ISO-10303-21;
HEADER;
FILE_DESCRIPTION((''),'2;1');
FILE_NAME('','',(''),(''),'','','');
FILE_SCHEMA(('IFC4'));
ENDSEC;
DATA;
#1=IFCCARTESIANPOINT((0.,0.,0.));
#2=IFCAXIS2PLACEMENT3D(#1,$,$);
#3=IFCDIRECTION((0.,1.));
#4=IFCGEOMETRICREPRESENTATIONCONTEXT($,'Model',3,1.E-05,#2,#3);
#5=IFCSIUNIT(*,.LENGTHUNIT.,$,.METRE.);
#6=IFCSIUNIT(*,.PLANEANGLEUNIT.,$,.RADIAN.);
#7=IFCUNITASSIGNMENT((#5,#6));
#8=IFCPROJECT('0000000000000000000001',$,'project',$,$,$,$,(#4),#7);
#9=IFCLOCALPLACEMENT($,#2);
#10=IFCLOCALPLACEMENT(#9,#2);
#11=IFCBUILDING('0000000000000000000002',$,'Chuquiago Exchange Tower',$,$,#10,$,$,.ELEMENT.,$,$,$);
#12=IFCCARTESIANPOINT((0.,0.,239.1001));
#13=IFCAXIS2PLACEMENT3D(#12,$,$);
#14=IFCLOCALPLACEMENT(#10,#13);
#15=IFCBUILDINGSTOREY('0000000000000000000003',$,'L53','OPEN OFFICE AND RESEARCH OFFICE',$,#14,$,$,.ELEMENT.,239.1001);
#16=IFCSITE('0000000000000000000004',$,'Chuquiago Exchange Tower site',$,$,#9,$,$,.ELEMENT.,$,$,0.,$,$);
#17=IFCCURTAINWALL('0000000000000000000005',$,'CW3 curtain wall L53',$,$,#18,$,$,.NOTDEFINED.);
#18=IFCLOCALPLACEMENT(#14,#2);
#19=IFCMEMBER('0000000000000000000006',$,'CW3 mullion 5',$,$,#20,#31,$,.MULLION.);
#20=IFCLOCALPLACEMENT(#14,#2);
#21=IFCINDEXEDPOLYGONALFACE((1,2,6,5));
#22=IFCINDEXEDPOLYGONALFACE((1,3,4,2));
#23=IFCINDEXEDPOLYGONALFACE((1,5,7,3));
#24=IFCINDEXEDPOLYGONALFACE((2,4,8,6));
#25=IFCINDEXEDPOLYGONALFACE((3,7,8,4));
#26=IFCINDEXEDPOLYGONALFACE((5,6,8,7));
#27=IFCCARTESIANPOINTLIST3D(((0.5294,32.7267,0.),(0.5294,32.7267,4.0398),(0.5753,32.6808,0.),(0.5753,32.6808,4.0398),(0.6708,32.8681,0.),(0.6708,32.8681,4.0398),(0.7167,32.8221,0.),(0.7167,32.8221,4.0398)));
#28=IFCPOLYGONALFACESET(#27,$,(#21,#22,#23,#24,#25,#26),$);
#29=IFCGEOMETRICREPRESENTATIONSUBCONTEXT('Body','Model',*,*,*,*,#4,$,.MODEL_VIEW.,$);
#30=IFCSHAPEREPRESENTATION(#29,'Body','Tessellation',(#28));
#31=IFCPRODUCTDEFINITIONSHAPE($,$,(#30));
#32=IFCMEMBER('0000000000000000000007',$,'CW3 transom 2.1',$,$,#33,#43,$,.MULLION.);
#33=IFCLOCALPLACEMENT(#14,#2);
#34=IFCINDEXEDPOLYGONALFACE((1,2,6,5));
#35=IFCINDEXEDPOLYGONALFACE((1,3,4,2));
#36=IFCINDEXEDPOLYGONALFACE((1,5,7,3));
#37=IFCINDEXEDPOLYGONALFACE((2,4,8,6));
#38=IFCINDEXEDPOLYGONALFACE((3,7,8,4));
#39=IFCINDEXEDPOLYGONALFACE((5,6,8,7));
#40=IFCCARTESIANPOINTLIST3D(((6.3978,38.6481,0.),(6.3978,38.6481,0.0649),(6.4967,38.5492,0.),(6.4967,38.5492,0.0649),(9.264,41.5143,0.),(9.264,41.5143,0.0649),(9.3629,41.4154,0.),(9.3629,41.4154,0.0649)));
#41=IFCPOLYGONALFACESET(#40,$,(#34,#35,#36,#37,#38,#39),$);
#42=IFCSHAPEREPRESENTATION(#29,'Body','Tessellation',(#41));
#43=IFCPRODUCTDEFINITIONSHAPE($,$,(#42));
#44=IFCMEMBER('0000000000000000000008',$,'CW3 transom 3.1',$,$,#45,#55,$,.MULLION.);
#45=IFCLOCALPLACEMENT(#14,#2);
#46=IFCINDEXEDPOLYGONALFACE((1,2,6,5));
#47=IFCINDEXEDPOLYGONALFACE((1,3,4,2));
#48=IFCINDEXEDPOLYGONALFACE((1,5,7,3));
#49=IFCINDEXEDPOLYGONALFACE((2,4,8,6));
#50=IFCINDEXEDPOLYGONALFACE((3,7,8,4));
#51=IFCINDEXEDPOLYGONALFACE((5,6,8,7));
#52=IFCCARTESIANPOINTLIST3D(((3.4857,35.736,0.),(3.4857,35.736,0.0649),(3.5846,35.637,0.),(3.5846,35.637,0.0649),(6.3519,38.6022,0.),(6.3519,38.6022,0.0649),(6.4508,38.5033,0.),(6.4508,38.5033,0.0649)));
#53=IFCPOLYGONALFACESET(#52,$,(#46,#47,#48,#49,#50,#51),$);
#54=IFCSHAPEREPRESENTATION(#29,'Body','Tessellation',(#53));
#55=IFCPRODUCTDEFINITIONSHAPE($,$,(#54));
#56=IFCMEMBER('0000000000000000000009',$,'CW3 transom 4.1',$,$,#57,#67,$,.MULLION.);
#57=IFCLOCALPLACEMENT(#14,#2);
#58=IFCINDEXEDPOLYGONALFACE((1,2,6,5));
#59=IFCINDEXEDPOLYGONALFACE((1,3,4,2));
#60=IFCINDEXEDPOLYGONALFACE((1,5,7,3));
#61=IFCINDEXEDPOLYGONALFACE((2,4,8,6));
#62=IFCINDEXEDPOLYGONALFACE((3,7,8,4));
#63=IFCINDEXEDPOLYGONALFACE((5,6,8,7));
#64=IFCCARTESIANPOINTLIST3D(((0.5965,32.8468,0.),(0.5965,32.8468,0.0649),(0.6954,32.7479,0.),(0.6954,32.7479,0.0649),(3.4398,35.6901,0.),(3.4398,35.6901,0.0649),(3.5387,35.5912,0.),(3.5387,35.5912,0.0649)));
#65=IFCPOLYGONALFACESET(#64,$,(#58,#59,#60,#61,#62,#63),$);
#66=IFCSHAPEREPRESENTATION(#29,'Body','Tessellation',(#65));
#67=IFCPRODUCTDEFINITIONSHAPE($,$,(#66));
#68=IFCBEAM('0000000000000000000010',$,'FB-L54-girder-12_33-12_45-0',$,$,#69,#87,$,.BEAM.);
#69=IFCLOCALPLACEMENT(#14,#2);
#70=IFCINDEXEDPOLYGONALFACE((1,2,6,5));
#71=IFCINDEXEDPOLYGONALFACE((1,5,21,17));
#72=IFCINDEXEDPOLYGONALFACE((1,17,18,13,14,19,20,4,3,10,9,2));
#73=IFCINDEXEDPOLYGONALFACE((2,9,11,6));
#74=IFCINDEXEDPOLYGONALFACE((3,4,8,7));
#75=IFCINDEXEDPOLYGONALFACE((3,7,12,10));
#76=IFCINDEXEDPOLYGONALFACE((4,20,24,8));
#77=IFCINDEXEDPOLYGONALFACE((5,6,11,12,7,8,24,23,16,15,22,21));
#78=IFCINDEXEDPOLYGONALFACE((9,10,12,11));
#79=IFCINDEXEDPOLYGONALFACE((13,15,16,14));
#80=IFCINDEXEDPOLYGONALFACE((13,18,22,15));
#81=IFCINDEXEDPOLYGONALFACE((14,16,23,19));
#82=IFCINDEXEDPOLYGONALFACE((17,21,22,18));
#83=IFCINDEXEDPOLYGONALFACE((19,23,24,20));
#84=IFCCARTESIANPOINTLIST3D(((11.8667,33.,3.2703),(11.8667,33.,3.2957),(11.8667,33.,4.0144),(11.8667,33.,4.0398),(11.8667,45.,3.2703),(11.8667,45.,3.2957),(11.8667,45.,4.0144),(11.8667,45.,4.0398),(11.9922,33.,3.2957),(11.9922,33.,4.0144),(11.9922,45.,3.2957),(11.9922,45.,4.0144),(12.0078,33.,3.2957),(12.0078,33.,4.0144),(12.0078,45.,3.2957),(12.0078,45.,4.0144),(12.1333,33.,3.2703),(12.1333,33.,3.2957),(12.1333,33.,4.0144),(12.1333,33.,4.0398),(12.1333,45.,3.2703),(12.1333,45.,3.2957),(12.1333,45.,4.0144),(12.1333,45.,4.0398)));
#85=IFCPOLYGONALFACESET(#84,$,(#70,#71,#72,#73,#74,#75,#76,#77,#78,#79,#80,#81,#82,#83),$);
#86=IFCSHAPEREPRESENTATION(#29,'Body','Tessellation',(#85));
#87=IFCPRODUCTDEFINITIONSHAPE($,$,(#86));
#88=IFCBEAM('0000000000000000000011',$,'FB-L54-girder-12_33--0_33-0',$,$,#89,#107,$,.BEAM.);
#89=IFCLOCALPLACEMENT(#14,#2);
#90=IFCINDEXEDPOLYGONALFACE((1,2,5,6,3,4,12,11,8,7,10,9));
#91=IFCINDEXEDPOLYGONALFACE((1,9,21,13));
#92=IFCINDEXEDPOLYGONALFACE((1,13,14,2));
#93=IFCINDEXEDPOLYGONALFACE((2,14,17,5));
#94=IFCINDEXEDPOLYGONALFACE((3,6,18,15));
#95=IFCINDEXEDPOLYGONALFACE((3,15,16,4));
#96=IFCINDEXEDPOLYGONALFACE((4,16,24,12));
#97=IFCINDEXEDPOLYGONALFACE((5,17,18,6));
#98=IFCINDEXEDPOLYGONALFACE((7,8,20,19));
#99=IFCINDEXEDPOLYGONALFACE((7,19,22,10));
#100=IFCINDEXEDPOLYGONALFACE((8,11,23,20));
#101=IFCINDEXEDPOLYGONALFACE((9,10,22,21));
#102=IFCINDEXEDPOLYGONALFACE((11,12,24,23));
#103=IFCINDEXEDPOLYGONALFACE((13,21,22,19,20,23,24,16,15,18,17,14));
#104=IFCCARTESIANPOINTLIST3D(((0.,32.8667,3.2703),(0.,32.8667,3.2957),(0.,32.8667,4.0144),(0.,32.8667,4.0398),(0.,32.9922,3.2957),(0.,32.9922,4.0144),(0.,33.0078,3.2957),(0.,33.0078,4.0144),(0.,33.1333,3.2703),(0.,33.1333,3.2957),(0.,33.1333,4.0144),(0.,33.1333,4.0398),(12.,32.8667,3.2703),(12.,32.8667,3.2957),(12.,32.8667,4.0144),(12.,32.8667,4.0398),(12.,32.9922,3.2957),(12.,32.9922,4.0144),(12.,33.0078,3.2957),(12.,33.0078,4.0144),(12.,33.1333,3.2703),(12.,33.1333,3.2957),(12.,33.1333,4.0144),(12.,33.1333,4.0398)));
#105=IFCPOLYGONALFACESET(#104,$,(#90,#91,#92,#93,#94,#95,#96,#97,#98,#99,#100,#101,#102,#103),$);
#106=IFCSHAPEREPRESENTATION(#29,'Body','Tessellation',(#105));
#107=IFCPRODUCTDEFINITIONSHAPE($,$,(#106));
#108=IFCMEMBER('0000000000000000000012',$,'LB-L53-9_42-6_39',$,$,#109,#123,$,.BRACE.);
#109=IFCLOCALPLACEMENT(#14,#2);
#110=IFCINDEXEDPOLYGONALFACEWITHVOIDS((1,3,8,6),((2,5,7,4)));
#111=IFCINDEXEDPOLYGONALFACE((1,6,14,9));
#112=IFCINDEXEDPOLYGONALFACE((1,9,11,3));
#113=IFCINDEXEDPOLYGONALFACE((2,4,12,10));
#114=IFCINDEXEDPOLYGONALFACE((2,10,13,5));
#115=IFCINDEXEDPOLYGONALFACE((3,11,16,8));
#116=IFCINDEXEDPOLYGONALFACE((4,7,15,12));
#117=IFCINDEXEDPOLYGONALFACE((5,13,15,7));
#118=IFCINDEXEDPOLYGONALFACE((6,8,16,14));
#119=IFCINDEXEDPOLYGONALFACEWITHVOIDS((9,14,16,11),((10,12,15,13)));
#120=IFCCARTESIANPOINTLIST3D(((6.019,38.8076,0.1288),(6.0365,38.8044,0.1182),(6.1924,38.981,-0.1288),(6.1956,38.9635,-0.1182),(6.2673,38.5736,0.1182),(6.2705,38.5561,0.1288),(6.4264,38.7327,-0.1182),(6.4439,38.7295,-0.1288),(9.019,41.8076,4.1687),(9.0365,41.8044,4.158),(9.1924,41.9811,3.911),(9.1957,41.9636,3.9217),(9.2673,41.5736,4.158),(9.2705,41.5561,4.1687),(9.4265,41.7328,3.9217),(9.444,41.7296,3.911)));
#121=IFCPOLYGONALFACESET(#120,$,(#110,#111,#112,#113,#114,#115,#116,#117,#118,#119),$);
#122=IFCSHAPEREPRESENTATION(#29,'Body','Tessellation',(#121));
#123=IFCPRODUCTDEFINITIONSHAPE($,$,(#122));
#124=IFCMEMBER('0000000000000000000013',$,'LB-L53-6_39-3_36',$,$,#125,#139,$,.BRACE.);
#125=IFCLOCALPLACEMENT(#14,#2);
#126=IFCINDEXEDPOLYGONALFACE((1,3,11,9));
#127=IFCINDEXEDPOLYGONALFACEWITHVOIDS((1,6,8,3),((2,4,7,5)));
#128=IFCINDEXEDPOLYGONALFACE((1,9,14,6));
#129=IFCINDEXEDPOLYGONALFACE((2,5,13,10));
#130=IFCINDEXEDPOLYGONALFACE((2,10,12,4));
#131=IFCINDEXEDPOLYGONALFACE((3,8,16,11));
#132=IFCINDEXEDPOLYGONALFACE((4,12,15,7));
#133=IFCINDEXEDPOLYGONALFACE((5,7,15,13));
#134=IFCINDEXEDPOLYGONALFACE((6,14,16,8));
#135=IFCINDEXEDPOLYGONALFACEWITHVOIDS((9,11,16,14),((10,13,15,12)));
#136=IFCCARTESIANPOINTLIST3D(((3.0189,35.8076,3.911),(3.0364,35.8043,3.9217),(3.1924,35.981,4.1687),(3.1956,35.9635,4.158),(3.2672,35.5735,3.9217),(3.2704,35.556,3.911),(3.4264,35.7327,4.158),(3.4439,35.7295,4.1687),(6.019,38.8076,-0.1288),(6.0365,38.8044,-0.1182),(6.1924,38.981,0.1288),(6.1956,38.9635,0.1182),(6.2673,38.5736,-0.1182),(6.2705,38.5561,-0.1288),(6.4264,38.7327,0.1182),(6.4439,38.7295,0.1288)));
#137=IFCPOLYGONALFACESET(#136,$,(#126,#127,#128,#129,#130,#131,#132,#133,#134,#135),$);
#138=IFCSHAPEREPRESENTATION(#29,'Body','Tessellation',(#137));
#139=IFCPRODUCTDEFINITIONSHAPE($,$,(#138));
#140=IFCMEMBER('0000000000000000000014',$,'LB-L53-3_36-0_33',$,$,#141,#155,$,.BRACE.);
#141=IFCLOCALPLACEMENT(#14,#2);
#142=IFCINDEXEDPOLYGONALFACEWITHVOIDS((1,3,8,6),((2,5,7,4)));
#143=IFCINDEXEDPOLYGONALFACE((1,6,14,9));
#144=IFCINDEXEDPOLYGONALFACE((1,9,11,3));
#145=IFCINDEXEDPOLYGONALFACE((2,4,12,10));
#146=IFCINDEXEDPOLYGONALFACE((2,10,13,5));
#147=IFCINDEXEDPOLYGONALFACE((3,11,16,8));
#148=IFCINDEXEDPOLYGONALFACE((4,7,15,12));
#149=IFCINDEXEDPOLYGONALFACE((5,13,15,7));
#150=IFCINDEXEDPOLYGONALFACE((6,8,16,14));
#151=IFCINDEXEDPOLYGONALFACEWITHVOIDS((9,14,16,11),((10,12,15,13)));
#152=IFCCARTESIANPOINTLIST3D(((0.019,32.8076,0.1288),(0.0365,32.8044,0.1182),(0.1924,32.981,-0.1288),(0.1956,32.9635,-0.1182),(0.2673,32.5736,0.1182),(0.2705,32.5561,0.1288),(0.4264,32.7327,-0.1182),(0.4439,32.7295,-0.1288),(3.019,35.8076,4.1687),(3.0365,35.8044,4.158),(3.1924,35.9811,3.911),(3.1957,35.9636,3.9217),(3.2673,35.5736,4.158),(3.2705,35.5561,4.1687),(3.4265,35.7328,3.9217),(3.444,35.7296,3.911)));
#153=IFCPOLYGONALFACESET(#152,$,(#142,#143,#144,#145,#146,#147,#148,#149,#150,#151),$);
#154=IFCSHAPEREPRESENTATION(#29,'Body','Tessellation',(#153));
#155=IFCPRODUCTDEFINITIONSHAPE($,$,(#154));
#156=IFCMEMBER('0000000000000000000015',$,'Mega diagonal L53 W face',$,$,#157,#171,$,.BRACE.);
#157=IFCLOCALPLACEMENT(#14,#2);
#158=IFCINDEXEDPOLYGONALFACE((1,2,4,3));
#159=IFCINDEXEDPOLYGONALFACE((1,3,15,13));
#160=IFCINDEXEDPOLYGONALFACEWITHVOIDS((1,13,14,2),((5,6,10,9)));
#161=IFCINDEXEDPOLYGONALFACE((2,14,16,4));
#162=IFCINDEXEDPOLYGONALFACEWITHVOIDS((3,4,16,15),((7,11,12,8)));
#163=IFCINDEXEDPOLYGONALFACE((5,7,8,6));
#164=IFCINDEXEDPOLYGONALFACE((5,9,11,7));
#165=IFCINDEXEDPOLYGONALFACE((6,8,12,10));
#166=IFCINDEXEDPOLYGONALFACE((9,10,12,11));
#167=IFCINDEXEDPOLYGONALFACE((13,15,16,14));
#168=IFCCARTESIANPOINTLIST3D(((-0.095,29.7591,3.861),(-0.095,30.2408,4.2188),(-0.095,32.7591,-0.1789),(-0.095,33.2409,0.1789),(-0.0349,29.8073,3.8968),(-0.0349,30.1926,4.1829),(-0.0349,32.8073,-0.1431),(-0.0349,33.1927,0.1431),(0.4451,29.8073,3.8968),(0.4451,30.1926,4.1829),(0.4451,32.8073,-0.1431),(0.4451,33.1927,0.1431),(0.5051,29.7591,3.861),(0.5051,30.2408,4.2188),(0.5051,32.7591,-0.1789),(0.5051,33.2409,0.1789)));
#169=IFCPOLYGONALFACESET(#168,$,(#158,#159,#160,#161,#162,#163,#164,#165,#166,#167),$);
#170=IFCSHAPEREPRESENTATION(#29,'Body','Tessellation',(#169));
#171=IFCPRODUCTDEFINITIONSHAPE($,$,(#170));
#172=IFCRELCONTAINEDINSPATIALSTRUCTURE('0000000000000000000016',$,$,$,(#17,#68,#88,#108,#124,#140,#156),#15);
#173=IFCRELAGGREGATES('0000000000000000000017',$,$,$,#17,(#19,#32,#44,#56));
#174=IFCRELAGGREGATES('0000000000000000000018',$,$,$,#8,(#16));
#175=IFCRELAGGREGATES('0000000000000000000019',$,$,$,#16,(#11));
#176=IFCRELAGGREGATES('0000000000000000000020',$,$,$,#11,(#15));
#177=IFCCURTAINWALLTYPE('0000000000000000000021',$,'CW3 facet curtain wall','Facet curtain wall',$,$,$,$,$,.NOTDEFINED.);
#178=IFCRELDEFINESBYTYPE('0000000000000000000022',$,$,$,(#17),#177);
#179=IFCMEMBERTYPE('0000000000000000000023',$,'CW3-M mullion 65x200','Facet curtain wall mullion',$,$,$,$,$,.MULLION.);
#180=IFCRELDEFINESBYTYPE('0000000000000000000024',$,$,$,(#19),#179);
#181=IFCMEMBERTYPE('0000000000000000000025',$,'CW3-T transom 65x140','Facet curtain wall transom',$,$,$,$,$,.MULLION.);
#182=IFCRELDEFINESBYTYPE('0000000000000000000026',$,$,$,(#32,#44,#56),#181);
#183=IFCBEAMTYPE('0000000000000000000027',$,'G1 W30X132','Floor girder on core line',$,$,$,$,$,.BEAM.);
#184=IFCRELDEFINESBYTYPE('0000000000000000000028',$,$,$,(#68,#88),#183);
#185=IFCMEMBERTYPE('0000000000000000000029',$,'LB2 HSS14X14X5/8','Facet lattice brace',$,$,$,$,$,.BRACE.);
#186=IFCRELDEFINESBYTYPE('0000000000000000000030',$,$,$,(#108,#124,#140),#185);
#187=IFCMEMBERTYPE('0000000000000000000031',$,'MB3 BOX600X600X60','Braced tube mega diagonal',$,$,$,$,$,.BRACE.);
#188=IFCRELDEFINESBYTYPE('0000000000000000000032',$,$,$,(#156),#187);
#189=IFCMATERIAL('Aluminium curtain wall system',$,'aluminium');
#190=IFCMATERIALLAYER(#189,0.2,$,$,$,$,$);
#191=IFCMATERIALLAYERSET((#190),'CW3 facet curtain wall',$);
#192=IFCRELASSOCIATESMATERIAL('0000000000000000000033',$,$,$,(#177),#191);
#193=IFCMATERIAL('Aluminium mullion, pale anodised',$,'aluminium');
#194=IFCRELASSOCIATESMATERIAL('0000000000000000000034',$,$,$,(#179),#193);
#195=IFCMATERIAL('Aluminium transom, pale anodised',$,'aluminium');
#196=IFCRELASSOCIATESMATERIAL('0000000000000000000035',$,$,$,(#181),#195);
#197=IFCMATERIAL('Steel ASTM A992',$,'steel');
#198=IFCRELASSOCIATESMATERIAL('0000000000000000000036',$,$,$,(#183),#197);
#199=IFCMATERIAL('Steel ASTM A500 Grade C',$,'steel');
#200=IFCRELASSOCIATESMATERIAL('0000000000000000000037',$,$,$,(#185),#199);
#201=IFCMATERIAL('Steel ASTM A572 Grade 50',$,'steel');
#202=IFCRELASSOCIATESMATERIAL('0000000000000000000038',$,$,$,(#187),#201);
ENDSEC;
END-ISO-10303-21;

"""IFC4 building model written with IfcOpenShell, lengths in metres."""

from ifc_helpers import new_model, si_unit, direction, frame, origin, origin_2d, place, context, subcontext, project, spatial, rectangle, hollow_rectangle, i_section, extrude, material, layer, layer_set, material_profile, profile_set, type_object, element, aggregate, save


model = new_model("IFC4")

# Units and contexts
model_context = context("Model", 3, precision=1e-05, world=origin(), true_north=direction((0.0, 1.0)))
body_context = subcontext(model_context, "Body", "Model", "MODEL_VIEW")
ifc_project = project(units=[si_unit("LENGTHUNIT", "METRE"), si_unit("PLANEANGLEUNIT", "RADIAN")], contexts=[model_context])

# Site, building, storey
site_placement = place(None, origin())
site = spatial("IfcSite", under=ifc_project, at=site_placement, Name="Chuquiago Exchange Tower site", CompositionType="ELEMENT", RefElevation=0.0)
building_placement = place(site_placement, origin())
building = spatial("IfcBuilding", under=site, at=building_placement, Name="Chuquiago Exchange Tower", CompositionType="ELEMENT")
storey_placement = place(building_placement, frame((0.0, 0.0, 239.1001)))
storey = spatial("IfcBuildingStorey", under=building, at=storey_placement, Name="L53", Description="OPEN OFFICE AND RESEARCH OFFICE", CompositionType="ELEMENT", Elevation=239.1001)

# Curtain wall, members
ifc_material_1 = material(Name="Aluminium curtain wall system", Category="aluminium")
ifc_layer_1 = layer(ifc_material_1, 0.2)
ifc_layer_set_1 = layer_set([ifc_layer_1], Name="CW3 facet curtain wall")
curtain_wall_type = type_object("IfcCurtainWallType", Name="CW3 facet curtain wall", Description="Facet curtain wall", PredefinedType="NOTDEFINED", material=ifc_layer_set_1)
curtain_wall_placement = place(storey_placement, origin())
curtain_wall = element("IfcCurtainWall", 1, at=curtain_wall_placement, inside=storey, type_object=curtain_wall_type, Name="CW3 curtain wall L53", PredefinedType="NOTDEFINED")
ifc_material_2 = material(Name="Aluminium mullion, pale anodised", Category="aluminium")
ifc_material_profile_1 = material_profile(ifc_material_2, rectangle(XDim=0.0649, YDim=0.2, at=origin_2d()), Name="AL 65x200")
ifc_profile_set_1 = profile_set([ifc_material_profile_1], Name="Aluminium mullion, pale anodised")
member_type_1 = type_object("IfcMemberType", Name="CW3-M mullion 65x200", Description="Facet curtain wall mullion", PredefinedType="MULLION", material=ifc_profile_set_1)
member_1_placement = place(storey_placement, frame((0.623, 32.7744, 0.0), z_axis=(0.0, 0.0, 1.0), x_axis=(0.707107, -0.707107, 0.0)))
member_1 = element("IfcMember", 2, at=member_1_placement, type_object=member_type_1, Name="CW3 mullion 5", PredefinedType="MULLION", context=body_context, shape_type="SweptSolid", body=[
    extrude(rectangle(XDim=0.0649, YDim=0.2, at=origin_2d()), origin(), (0.0, 0.0, 1.0), 4.0398),
])
ifc_material_3 = material(Name="Aluminium transom, pale anodised", Category="aluminium")
ifc_material_profile_2 = material_profile(ifc_material_3, rectangle(XDim=0.1399, YDim=0.0649, at=origin_2d()), Name="AL 140x65")
ifc_profile_set_2 = profile_set([ifc_material_profile_2], Name="Aluminium transom, pale anodised")
member_type_2 = type_object("IfcMemberType", Name="CW3-T transom 65x140", Description="Facet curtain wall transom", PredefinedType="MULLION", material=ifc_profile_set_2)
member_2_placement = place(storey_placement, frame((9.3135, 41.4648, 0.0325), z_axis=(-0.707107, -0.707107, 0.0), x_axis=(0.707107, -0.707107, 0.0)))
member_2 = element("IfcMember", 3, at=member_2_placement, type_object=member_type_2, Name="CW3 transom 2.1", PredefinedType="MULLION", context=body_context, shape_type="SweptSolid", body=[
    extrude(rectangle(XDim=0.1399, YDim=0.0649, at=origin_2d()), origin(), (0.0, 0.0, 1.0), 4.0535),
])
member_3_placement = place(storey_placement, frame((6.4014, 38.5527, 0.0325), z_axis=(-0.707107, -0.707107, 0.0), x_axis=(0.707107, -0.707107, 0.0)))
member_3 = element("IfcMember", 4, at=member_3_placement, type_object=member_type_2, Name="CW3 transom 3.1", PredefinedType="MULLION", context=body_context, shape_type="SweptSolid", body=[
    extrude(rectangle(XDim=0.1399, YDim=0.0649, at=origin_2d()), origin(), (0.0, 0.0, 1.0), 4.0535),
])
member_4_placement = place(storey_placement, frame((3.4893, 35.6406, 0.0325), z_axis=(-0.707107, -0.707107, 0.0), x_axis=(0.707107, -0.707107, 0.0)))
member_4 = element("IfcMember", 5, at=member_4_placement, type_object=member_type_2, Name="CW3 transom 4.1", PredefinedType="MULLION", context=body_context, shape_type="SweptSolid", body=[
    extrude(rectangle(XDim=0.1399, YDim=0.0649, at=origin_2d()), origin(), (0.0, 0.0, 1.0), 4.021),
])

# Beams
ifc_material_4 = material(Name="Steel ASTM A992", Category="steel")
ifc_material_profile_3 = material_profile(ifc_material_4, i_section(OverallWidth=0.2666, OverallDepth=0.7695, WebThickness=0.0156, FlangeThickness=0.0254, at=origin_2d()), Name="W30X132")
ifc_profile_set_3 = profile_set([ifc_material_profile_3], Name="Steel ASTM A992")
beam_type_1 = type_object("IfcBeamType", Name="G1 W30X132", Description="Floor girder on core line", PredefinedType="BEAM", material=ifc_profile_set_3)
for number, where, z_axis, x_axis, name in (
    (6, (12.0, 33.0, 3.655), (0.0, 1.0, 0.0), (-1.0, 0.0, 0.0), "FB-L54-girder-12_33-12_45-0"),
    (7, (12.0, 33.0, 3.655), (-1.0, 0.0, 0.0), (0.0, -1.0, 0.0), "FB-L54-girder-12_33--0_33-0"),
):
    element("IfcBeam", number, at=place(storey_placement, frame(where, z_axis=z_axis, x_axis=x_axis)), inside=storey, type_object=beam_type_1, Name=name, PredefinedType="BEAM", context=body_context, shape_type="SweptSolid", body=[
        extrude(i_section(OverallWidth=0.2666, OverallDepth=0.7695, WebThickness=0.0156, FlangeThickness=0.0254, at=origin_2d()), origin(), (0.0, 0.0, 1.0), 12.0),
    ])

# Members
ifc_material_5 = material(Name="Steel ASTM A500 Grade C", Category="steel")
ifc_material_profile_4 = material_profile(ifc_material_5, hollow_rectangle(XDim=0.3557, YDim=0.3557, WallThickness=0.0146, at=origin_2d()), Name="HSS14X14X5/8")
ifc_profile_set_4 = profile_set([ifc_material_profile_4], Name="Steel ASTM A500 Grade C")
member_type_3 = type_object("IfcMemberType", Name="LB2 HSS14X14X5/8", Description="Facet lattice brace", PredefinedType="BRACE", material=ifc_profile_set_4)
for number, where, z_axis, x_axis, name in (
    (8, (6.2314, 38.7686, 0.0), (0.512092, 0.512092, 0.689582), (-0.707107, 0.707107, 0.0), "LB-L53-9_42-6_39"),
    (9, (6.2314, 38.7686, 0.0), (-0.512092, -0.512092, 0.689582), (0.707107, -0.707107, 0.0), "LB-L53-6_39-3_36"),
    (10, (0.2314, 32.7686, 0.0), (0.512092, 0.512092, 0.689582), (-0.707107, 0.707107, 0.0), "LB-L53-3_36-0_33"),
):
    element("IfcMember", number, at=place(storey_placement, frame(where, z_axis=z_axis, x_axis=x_axis)), inside=storey, type_object=member_type_3, Name=name, PredefinedType="BRACE", context=body_context, shape_type="SweptSolid", body=[
        extrude(hollow_rectangle(XDim=0.3557, YDim=0.3557, WallThickness=0.0146, at=origin_2d()), origin(), (0.0, 0.0, 1.0), 5.8584),
    ])
ifc_material_6 = material(Name="Steel ASTM A572 Grade 50", Category="steel")
ifc_material_profile_5 = material_profile(ifc_material_6, hollow_rectangle(XDim=0.6001, YDim=0.6001, WallThickness=0.0601, at=origin_2d()), Name="BOX600X600X60")
ifc_profile_set_5 = profile_set([ifc_material_profile_5], Name="Steel ASTM A572 Grade 50")
member_type_4 = type_object("IfcMemberType", Name="MB3 BOX600X600X60", Description="Braced tube mega diagonal", PredefinedType="BRACE", material=ifc_profile_set_5)
member_5_placement = place(storey_placement, frame((0.2051, 33.0, 0.0), z_axis=(0.0, -0.596197, 0.802838), x_axis=(1.0, 0.0, 0.0)))
element("IfcMember", 11, at=member_5_placement, inside=storey, type_object=member_type_4, Name="Mega diagonal L53 W face", PredefinedType="BRACE", context=body_context, shape_type="SweptSolid", body=[
    extrude(hollow_rectangle(XDim=0.6001, YDim=0.6001, WallThickness=0.0601, at=origin_2d()), origin(), (0.0, 0.0, 1.0), 5.032),
])

aggregate(curtain_wall, [member_1, member_2, member_3, member_4])

save(model, "model.ifc")
